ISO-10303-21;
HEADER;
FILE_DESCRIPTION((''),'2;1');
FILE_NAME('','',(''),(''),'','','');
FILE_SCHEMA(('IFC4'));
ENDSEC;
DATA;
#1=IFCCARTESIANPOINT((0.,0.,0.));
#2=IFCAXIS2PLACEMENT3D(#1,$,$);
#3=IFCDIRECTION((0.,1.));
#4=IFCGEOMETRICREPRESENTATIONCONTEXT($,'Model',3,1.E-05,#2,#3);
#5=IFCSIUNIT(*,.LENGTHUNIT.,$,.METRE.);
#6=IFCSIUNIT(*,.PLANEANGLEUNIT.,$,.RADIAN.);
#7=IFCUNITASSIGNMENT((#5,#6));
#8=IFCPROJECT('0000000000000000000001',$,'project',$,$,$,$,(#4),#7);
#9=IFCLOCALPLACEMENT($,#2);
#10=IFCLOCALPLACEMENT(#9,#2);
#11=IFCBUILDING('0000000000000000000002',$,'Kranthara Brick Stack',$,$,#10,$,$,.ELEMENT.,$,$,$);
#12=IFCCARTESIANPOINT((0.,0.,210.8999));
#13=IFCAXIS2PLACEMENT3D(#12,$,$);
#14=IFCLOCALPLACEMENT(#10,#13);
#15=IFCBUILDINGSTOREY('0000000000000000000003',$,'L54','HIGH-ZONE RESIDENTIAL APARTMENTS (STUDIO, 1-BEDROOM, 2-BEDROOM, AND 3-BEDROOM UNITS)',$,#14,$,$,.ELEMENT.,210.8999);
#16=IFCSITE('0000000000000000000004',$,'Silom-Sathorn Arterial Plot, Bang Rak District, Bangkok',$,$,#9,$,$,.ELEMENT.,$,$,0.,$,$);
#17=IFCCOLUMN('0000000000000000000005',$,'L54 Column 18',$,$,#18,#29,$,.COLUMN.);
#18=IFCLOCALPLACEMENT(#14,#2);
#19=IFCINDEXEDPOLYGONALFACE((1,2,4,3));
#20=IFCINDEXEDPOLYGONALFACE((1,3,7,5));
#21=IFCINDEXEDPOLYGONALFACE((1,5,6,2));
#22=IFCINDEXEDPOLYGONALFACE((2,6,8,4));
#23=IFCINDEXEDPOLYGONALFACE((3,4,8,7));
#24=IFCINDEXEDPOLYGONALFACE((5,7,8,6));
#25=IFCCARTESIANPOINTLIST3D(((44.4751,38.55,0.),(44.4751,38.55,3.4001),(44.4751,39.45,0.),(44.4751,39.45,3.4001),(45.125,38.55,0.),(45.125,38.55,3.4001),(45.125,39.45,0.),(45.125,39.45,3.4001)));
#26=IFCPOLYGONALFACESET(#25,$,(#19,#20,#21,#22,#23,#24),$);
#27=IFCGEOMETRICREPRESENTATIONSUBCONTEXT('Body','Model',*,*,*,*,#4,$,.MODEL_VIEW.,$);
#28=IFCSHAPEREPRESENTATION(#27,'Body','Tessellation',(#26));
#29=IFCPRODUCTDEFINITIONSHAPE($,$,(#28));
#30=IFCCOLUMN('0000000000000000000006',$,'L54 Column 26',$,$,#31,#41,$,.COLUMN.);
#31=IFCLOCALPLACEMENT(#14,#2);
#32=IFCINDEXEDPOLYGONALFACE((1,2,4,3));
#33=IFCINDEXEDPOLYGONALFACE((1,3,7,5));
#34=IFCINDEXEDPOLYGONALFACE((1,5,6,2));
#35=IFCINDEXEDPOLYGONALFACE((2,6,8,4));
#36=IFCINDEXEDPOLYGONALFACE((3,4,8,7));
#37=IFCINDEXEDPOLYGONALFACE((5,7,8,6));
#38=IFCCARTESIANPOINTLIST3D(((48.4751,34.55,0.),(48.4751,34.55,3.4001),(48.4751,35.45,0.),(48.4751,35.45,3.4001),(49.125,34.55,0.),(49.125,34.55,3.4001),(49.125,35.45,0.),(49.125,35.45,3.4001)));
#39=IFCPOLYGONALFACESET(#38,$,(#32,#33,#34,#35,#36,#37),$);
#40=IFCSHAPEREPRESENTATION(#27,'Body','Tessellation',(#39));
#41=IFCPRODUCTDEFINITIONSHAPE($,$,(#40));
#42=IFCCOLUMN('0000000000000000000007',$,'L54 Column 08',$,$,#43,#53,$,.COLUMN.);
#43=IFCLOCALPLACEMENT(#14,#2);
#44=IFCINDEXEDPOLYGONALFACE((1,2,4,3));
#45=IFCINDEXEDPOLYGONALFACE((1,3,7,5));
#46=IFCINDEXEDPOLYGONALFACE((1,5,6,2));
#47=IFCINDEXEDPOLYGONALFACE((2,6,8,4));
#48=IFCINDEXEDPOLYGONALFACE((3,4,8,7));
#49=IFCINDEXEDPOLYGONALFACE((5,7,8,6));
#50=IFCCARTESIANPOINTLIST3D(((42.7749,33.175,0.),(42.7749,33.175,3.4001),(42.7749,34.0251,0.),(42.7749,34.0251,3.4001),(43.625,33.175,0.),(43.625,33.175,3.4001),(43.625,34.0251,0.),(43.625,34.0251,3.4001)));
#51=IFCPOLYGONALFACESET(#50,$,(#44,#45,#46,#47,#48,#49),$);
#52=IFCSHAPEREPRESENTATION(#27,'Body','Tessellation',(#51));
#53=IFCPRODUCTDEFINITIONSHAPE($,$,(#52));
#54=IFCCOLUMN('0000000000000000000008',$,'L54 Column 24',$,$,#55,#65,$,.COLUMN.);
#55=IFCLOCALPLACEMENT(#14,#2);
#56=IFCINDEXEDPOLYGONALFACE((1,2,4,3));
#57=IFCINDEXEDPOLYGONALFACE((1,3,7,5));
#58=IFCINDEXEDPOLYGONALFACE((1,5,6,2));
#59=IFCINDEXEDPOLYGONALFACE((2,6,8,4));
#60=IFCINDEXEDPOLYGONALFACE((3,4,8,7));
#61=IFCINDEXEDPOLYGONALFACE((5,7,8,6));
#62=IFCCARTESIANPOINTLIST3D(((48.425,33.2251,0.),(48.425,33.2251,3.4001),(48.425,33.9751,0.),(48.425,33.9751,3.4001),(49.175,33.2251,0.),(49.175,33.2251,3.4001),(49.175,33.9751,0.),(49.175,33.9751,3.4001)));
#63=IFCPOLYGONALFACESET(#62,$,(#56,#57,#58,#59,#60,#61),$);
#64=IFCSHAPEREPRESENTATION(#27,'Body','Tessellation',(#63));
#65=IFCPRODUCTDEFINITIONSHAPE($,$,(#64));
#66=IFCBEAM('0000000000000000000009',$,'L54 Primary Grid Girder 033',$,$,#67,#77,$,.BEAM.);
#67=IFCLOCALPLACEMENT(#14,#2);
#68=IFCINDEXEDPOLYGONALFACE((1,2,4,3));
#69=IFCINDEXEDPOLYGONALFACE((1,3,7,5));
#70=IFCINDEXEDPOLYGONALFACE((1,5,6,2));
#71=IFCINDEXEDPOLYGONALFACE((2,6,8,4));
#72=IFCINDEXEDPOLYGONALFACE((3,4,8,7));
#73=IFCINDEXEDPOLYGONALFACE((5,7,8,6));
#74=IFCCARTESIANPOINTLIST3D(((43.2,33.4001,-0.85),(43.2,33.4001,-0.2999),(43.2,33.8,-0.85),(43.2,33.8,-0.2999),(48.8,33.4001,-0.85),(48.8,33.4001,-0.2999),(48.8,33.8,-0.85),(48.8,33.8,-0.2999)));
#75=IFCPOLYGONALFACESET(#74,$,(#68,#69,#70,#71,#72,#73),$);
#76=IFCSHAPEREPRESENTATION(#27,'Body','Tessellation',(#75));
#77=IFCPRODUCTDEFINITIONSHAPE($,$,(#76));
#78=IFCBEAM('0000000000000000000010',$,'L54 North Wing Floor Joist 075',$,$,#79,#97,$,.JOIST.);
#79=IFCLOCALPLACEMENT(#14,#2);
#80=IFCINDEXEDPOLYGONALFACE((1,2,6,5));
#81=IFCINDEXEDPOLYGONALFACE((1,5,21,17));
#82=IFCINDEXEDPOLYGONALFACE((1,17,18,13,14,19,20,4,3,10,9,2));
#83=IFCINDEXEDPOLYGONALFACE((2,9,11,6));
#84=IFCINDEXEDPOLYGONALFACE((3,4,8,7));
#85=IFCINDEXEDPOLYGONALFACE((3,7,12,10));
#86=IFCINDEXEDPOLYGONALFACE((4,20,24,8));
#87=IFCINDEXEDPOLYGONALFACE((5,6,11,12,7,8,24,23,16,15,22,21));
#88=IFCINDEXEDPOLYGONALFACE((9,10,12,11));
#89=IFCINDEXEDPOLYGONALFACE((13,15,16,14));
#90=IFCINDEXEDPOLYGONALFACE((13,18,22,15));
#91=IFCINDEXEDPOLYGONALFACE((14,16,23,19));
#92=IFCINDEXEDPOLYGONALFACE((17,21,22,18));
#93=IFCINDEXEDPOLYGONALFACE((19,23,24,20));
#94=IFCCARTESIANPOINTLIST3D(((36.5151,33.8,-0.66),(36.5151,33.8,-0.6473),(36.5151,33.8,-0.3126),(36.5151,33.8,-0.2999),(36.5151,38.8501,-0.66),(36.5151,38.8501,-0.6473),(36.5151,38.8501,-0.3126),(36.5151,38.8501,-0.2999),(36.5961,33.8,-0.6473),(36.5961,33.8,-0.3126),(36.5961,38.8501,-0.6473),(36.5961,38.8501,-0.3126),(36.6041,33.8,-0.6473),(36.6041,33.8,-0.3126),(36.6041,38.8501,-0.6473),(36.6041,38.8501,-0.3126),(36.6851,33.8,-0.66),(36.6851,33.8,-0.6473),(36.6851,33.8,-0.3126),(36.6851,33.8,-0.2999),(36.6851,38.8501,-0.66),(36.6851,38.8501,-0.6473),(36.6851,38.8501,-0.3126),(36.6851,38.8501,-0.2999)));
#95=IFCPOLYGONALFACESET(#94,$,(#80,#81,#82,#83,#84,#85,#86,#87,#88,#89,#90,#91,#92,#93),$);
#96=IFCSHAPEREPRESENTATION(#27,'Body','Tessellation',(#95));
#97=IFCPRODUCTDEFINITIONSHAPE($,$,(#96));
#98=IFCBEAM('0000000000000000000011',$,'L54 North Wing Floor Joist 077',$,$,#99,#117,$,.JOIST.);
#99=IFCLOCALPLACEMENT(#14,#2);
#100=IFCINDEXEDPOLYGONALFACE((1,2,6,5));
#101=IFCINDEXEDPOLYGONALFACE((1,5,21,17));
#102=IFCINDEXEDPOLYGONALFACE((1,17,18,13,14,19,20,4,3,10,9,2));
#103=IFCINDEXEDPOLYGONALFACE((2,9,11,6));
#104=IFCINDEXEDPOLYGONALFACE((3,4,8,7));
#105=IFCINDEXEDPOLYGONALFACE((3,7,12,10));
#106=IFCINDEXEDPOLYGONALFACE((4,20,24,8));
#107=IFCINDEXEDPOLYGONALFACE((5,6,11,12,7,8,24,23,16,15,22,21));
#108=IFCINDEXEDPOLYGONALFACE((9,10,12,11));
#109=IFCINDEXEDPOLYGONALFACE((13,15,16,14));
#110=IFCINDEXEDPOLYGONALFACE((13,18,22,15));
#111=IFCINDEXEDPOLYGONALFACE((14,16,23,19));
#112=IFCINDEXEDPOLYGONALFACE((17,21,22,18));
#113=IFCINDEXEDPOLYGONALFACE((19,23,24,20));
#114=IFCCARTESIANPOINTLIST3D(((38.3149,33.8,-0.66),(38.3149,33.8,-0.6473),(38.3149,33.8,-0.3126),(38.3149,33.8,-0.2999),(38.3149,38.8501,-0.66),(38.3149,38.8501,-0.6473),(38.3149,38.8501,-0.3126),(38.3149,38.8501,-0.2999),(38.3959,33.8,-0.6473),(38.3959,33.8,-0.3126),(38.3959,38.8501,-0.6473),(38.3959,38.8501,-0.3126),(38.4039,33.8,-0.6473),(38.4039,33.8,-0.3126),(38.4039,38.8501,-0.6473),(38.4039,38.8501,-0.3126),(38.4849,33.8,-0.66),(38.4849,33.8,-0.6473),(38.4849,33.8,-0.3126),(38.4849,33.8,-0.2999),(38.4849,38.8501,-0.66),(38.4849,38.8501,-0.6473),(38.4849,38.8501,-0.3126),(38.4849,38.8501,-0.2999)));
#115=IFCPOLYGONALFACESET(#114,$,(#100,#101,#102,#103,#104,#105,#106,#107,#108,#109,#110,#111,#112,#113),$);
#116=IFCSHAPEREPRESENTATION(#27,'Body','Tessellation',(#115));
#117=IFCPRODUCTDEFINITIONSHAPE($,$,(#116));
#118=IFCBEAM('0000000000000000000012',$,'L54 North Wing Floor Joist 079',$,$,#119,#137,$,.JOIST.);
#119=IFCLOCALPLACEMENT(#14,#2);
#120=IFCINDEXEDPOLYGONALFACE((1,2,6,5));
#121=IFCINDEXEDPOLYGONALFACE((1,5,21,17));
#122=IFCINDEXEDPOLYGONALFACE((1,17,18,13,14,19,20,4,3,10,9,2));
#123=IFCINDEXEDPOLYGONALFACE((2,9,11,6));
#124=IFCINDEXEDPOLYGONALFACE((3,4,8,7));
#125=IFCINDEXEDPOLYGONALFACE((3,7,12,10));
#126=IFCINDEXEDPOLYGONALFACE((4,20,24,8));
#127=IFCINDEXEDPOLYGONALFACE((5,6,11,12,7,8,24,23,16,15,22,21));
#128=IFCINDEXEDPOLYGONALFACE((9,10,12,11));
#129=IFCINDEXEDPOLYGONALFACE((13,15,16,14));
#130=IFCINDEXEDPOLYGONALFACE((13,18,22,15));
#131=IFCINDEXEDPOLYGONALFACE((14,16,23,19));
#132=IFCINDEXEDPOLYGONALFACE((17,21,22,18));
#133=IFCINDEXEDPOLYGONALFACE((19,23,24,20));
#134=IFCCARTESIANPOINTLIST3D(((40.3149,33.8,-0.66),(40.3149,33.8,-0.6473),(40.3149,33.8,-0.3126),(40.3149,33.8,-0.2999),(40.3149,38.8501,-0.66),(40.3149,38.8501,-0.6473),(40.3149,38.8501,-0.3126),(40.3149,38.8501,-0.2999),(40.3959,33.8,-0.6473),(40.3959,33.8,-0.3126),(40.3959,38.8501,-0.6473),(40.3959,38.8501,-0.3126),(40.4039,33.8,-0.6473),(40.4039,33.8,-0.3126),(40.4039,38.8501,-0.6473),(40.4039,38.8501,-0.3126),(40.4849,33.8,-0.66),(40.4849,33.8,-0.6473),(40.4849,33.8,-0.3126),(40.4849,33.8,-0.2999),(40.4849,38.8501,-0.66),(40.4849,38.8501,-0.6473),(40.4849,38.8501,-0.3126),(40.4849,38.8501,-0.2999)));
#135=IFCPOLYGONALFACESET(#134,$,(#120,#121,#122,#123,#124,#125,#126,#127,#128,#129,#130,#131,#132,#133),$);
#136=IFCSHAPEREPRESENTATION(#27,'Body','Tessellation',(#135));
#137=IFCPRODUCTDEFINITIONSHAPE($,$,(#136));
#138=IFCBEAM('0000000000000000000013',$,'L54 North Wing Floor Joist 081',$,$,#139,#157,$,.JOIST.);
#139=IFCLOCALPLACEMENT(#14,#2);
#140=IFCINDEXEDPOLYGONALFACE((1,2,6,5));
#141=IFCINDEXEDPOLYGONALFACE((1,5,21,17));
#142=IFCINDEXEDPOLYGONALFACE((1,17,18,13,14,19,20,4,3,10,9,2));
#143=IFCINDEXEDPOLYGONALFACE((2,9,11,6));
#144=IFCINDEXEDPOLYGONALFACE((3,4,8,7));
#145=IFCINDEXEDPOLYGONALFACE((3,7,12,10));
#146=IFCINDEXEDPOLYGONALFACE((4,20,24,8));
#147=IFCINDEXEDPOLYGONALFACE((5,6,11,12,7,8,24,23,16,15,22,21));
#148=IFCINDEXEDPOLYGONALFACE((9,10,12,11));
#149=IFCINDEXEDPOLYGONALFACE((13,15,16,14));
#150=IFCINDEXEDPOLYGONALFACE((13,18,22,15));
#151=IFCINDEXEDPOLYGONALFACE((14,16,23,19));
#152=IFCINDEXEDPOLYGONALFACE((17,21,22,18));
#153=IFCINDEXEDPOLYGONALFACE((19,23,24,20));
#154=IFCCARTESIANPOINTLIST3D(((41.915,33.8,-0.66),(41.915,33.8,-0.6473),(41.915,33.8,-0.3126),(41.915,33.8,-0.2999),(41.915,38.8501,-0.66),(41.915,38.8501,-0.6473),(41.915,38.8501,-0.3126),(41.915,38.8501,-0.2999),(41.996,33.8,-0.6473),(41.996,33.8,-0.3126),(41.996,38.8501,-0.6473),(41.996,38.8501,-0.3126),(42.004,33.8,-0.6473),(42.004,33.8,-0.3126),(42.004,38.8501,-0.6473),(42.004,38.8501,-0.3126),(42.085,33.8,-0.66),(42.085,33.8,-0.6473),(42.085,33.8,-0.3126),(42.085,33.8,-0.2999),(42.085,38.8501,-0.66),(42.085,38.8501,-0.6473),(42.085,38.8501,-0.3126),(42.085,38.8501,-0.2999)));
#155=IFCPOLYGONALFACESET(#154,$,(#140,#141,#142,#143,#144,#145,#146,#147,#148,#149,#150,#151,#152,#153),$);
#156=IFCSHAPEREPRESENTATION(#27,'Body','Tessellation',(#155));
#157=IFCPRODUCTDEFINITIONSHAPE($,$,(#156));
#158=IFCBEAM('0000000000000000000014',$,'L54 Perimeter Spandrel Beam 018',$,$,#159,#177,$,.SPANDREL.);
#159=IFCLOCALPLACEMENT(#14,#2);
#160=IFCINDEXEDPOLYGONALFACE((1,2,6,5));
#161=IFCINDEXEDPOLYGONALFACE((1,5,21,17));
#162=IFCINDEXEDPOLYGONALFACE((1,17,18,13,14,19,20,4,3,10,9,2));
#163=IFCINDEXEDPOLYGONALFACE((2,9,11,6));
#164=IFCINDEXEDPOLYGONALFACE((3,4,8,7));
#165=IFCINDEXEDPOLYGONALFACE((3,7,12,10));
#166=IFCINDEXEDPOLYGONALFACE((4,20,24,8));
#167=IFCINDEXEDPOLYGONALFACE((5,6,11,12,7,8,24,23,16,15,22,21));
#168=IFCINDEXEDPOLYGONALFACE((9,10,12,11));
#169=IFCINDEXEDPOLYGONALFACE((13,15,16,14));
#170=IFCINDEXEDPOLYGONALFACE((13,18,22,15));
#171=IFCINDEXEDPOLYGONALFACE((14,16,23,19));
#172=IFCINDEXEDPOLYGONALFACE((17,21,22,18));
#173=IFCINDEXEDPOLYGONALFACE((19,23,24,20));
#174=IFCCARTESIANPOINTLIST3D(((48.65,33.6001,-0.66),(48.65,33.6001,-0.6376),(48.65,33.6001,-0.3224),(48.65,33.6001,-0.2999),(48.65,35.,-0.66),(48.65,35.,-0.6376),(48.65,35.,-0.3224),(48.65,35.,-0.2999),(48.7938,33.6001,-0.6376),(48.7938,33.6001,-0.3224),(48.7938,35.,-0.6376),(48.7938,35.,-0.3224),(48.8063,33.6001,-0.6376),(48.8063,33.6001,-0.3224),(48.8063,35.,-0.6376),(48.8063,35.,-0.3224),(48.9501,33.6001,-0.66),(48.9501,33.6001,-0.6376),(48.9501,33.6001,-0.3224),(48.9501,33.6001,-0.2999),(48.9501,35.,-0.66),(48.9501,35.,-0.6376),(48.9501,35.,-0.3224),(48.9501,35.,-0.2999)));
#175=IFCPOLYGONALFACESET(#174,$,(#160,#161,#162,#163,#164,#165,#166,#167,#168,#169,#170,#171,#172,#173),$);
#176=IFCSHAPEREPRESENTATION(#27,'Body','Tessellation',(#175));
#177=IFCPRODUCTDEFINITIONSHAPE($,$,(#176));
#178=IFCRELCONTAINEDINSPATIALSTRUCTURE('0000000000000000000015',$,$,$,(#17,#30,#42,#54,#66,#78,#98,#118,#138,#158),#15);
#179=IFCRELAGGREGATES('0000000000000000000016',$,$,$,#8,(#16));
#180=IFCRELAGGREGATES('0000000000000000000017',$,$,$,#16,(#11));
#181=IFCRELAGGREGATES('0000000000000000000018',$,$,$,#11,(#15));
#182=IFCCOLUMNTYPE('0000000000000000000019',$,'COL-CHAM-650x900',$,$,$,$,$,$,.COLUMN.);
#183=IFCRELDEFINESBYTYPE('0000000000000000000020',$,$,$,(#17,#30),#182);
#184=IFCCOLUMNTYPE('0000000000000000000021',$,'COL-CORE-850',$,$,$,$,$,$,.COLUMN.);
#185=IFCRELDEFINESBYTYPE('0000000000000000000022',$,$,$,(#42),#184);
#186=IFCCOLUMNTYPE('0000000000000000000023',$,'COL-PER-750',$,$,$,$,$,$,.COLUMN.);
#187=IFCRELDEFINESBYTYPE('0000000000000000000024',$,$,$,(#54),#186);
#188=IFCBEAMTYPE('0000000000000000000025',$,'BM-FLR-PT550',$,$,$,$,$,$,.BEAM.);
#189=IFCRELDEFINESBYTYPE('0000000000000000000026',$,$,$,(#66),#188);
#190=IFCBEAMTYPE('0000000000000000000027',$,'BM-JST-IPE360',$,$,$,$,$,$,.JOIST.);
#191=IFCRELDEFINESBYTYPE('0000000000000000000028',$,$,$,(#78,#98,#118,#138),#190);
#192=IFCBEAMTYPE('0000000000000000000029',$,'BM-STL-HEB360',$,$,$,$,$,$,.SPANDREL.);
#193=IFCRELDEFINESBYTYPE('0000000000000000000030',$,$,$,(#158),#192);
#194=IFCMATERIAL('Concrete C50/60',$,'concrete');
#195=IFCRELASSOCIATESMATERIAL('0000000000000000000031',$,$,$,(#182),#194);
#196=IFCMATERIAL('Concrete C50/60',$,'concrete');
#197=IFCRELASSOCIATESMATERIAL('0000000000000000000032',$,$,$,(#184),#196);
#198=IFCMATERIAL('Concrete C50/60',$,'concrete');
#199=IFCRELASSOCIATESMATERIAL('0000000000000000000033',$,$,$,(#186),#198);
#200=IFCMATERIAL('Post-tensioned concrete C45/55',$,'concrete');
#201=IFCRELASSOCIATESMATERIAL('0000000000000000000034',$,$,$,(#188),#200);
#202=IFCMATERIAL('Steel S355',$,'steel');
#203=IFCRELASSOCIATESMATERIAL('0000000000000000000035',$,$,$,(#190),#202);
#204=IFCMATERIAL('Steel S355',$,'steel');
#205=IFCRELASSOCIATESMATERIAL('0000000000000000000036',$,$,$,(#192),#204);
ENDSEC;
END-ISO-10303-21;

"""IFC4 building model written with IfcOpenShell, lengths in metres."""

from ifc_helpers import new_model, si_unit, direction, frame, origin, origin_2d, place, context, subcontext, project, spatial, rectangle, i_section, extrude, material, material_profile, profile_set, type_object, element, save


model = new_model("IFC4")

# Units and contexts
model_context = context("Model", 3, precision=1e-05, world=origin(), true_north=direction((0.0, 1.0)))
body_context = subcontext(model_context, "Body", "Model", "MODEL_VIEW")
ifc_project = project(units=[si_unit("LENGTHUNIT", "METRE"), si_unit("PLANEANGLEUNIT", "RADIAN")], contexts=[model_context])

# Site, building, storey
site_placement = place(None, origin())
site = spatial("IfcSite", under=ifc_project, at=site_placement, Name="Silom-Sathorn Arterial Plot, Bang Rak District, Bangkok", CompositionType="ELEMENT", RefElevation=0.0)
building_placement = place(site_placement, origin())
building = spatial("IfcBuilding", under=site, at=building_placement, Name="Kranthara Brick Stack", CompositionType="ELEMENT")
storey_placement = place(building_placement, frame((0.0, 0.0, 210.8999)))
storey = spatial("IfcBuildingStorey", under=building, at=storey_placement, Name="L54", Description="HIGH-ZONE RESIDENTIAL APARTMENTS (STUDIO, 1-BEDROOM, 2-BEDROOM, AND 3-BEDROOM UNITS)", CompositionType="ELEMENT", Elevation=210.8999)

# Columns
ifc_material_1 = material(Name="Concrete C50/60", Category="concrete")
ifc_material_profile_1 = material_profile(ifc_material_1, rectangle(XDim=0.6499, YDim=0.8999, at=origin_2d()), Name="RC 650x900")
ifc_profile_set_1 = profile_set([ifc_material_profile_1], Name="Concrete C50/60")
column_type_1 = type_object("IfcColumnType", Name="COL-CHAM-650x900", PredefinedType="COLUMN", material=ifc_profile_set_1)
for number, where, z_axis, x_axis, name in (
    (1, (44.8, 39.0, 0.0), (0.0, 0.0, 1.0), (1.0, 0.0, 0.0), "L54 Column 18"),
    (2, (48.8, 35.0, 0.0), (0.0, 0.0, 1.0), (1.0, 0.0, 0.0), "L54 Column 26"),
):
    element("IfcColumn", number, at=place(storey_placement, frame(where, z_axis=z_axis, x_axis=x_axis)), inside=storey, type_object=column_type_1, Name=name, PredefinedType="COLUMN", context=body_context, shape_type="SweptSolid", body=[
        extrude(rectangle(XDim=0.6499, YDim=0.8999, at=origin_2d()), origin(), (0.0, 0.0, 1.0), 3.4001),
    ])
ifc_material_2 = material(Name="Concrete C50/60", Category="concrete")
ifc_material_profile_2 = material_profile(ifc_material_2, rectangle(XDim=0.8501, YDim=0.8501, at=origin_2d()), Name="RC 850x850")
ifc_profile_set_2 = profile_set([ifc_material_profile_2], Name="Concrete C50/60")
column_type_2 = type_object("IfcColumnType", Name="COL-CORE-850", PredefinedType="COLUMN", material=ifc_profile_set_2)
column_1_placement = place(storey_placement, frame((43.2, 33.6001, 0.0), z_axis=(0.0, 0.0, 1.0), x_axis=(1.0, 0.0, 0.0)))
element("IfcColumn", 3, at=column_1_placement, inside=storey, type_object=column_type_2, Name="L54 Column 08", PredefinedType="COLUMN", context=body_context, shape_type="SweptSolid", body=[
    extrude(rectangle(XDim=0.8501, YDim=0.8501, at=origin_2d()), origin(), (0.0, 0.0, 1.0), 3.4001),
])
ifc_material_3 = material(Name="Concrete C50/60", Category="concrete")
ifc_material_profile_3 = material_profile(ifc_material_3, rectangle(XDim=0.75, YDim=0.75, at=origin_2d()), Name="RC 750x750")
ifc_profile_set_3 = profile_set([ifc_material_profile_3], Name="Concrete C50/60")
column_type_3 = type_object("IfcColumnType", Name="COL-PER-750", PredefinedType="COLUMN", material=ifc_profile_set_3)
column_2_placement = place(storey_placement, frame((48.8, 33.6001, 0.0), z_axis=(0.0, 0.0, 1.0), x_axis=(1.0, 0.0, 0.0)))
element("IfcColumn", 4, at=column_2_placement, inside=storey, type_object=column_type_3, Name="L54 Column 24", PredefinedType="COLUMN", context=body_context, shape_type="SweptSolid", body=[
    extrude(rectangle(XDim=0.75, YDim=0.75, at=origin_2d()), origin(), (0.0, 0.0, 1.0), 3.4001),
])

# Beams
ifc_material_4 = material(Name="Post-tensioned concrete C45/55", Category="concrete")
ifc_material_profile_4 = material_profile(ifc_material_4, rectangle(XDim=0.3999, YDim=0.55, at=origin_2d()), Name="PT 400x550")
ifc_profile_set_4 = profile_set([ifc_material_profile_4], Name="Post-tensioned concrete C45/55")
beam_type_1 = type_object("IfcBeamType", Name="BM-FLR-PT550", PredefinedType="BEAM", material=ifc_profile_set_4)
beam_1_placement = place(storey_placement, frame((43.2, 33.6001, -0.575), z_axis=(1.0, 0.0, 0.0), x_axis=(0.0, 1.0, 0.0)))
element("IfcBeam", 5, at=beam_1_placement, inside=storey, type_object=beam_type_1, Name="L54 Primary Grid Girder 033", PredefinedType="BEAM", context=body_context, shape_type="SweptSolid", body=[
    extrude(rectangle(XDim=0.3999, YDim=0.55, at=origin_2d()), origin(), (0.0, 0.0, 1.0), 5.6001),
])
ifc_material_5 = material(Name="Steel S355", Category="steel")
ifc_material_profile_5 = material_profile(ifc_material_5, i_section(OverallWidth=0.1699, OverallDepth=0.3601, WebThickness=0.0081, FlangeThickness=0.0127, at=origin_2d()), Name="IPE 360")
ifc_profile_set_5 = profile_set([ifc_material_profile_5], Name="Steel S355")
beam_type_2 = type_object("IfcBeamType", Name="BM-JST-IPE360", PredefinedType="JOIST", material=ifc_profile_set_5)
for number, where, z_axis, x_axis, name in (
    (6, (36.6001, 33.8, -0.48), (0.0, 1.0, 0.0), (-1.0, 0.0, 0.0), "L54 North Wing Floor Joist 075"),
    (7, (38.3999, 33.8, -0.48), (0.0, 1.0, 0.0), (-1.0, 0.0, 0.0), "L54 North Wing Floor Joist 077"),
    (8, (40.3999, 33.8, -0.48), (0.0, 1.0, 0.0), (-1.0, 0.0, 0.0), "L54 North Wing Floor Joist 079"),
    (9, (42.0, 33.8, -0.48), (0.0, 1.0, 0.0), (-1.0, 0.0, 0.0), "L54 North Wing Floor Joist 081"),
):
    element("IfcBeam", number, at=place(storey_placement, frame(where, z_axis=z_axis, x_axis=x_axis)), inside=storey, type_object=beam_type_2, Name=name, PredefinedType="JOIST", context=body_context, shape_type="SweptSolid", body=[
        extrude(i_section(OverallWidth=0.1699, OverallDepth=0.3601, WebThickness=0.0081, FlangeThickness=0.0127, at=origin_2d()), origin(), (0.0, 0.0, 1.0), 5.05),
    ])
ifc_material_6 = material(Name="Steel S355", Category="steel")
ifc_material_profile_6 = material_profile(ifc_material_6, i_section(OverallWidth=0.3, OverallDepth=0.3601, WebThickness=0.0125, FlangeThickness=0.0225, at=origin_2d()), Name="HEB 360")
ifc_profile_set_6 = profile_set([ifc_material_profile_6], Name="Steel S355")
beam_type_3 = type_object("IfcBeamType", Name="BM-STL-HEB360", PredefinedType="SPANDREL", material=ifc_profile_set_6)
beam_2_placement = place(storey_placement, frame((48.8, 33.6001, -0.48), z_axis=(0.0, 1.0, 0.0), x_axis=(-1.0, 0.0, 0.0)))
element("IfcBeam", 10, at=beam_2_placement, inside=storey, type_object=beam_type_3, Name="L54 Perimeter Spandrel Beam 018", PredefinedType="SPANDREL", context=body_context, shape_type="SweptSolid", body=[
    extrude(i_section(OverallWidth=0.3, OverallDepth=0.3601, WebThickness=0.0125, FlangeThickness=0.0225, at=origin_2d()), origin(), (0.0, 0.0, 1.0), 1.3999),
])

save(model, "model.ifc")
